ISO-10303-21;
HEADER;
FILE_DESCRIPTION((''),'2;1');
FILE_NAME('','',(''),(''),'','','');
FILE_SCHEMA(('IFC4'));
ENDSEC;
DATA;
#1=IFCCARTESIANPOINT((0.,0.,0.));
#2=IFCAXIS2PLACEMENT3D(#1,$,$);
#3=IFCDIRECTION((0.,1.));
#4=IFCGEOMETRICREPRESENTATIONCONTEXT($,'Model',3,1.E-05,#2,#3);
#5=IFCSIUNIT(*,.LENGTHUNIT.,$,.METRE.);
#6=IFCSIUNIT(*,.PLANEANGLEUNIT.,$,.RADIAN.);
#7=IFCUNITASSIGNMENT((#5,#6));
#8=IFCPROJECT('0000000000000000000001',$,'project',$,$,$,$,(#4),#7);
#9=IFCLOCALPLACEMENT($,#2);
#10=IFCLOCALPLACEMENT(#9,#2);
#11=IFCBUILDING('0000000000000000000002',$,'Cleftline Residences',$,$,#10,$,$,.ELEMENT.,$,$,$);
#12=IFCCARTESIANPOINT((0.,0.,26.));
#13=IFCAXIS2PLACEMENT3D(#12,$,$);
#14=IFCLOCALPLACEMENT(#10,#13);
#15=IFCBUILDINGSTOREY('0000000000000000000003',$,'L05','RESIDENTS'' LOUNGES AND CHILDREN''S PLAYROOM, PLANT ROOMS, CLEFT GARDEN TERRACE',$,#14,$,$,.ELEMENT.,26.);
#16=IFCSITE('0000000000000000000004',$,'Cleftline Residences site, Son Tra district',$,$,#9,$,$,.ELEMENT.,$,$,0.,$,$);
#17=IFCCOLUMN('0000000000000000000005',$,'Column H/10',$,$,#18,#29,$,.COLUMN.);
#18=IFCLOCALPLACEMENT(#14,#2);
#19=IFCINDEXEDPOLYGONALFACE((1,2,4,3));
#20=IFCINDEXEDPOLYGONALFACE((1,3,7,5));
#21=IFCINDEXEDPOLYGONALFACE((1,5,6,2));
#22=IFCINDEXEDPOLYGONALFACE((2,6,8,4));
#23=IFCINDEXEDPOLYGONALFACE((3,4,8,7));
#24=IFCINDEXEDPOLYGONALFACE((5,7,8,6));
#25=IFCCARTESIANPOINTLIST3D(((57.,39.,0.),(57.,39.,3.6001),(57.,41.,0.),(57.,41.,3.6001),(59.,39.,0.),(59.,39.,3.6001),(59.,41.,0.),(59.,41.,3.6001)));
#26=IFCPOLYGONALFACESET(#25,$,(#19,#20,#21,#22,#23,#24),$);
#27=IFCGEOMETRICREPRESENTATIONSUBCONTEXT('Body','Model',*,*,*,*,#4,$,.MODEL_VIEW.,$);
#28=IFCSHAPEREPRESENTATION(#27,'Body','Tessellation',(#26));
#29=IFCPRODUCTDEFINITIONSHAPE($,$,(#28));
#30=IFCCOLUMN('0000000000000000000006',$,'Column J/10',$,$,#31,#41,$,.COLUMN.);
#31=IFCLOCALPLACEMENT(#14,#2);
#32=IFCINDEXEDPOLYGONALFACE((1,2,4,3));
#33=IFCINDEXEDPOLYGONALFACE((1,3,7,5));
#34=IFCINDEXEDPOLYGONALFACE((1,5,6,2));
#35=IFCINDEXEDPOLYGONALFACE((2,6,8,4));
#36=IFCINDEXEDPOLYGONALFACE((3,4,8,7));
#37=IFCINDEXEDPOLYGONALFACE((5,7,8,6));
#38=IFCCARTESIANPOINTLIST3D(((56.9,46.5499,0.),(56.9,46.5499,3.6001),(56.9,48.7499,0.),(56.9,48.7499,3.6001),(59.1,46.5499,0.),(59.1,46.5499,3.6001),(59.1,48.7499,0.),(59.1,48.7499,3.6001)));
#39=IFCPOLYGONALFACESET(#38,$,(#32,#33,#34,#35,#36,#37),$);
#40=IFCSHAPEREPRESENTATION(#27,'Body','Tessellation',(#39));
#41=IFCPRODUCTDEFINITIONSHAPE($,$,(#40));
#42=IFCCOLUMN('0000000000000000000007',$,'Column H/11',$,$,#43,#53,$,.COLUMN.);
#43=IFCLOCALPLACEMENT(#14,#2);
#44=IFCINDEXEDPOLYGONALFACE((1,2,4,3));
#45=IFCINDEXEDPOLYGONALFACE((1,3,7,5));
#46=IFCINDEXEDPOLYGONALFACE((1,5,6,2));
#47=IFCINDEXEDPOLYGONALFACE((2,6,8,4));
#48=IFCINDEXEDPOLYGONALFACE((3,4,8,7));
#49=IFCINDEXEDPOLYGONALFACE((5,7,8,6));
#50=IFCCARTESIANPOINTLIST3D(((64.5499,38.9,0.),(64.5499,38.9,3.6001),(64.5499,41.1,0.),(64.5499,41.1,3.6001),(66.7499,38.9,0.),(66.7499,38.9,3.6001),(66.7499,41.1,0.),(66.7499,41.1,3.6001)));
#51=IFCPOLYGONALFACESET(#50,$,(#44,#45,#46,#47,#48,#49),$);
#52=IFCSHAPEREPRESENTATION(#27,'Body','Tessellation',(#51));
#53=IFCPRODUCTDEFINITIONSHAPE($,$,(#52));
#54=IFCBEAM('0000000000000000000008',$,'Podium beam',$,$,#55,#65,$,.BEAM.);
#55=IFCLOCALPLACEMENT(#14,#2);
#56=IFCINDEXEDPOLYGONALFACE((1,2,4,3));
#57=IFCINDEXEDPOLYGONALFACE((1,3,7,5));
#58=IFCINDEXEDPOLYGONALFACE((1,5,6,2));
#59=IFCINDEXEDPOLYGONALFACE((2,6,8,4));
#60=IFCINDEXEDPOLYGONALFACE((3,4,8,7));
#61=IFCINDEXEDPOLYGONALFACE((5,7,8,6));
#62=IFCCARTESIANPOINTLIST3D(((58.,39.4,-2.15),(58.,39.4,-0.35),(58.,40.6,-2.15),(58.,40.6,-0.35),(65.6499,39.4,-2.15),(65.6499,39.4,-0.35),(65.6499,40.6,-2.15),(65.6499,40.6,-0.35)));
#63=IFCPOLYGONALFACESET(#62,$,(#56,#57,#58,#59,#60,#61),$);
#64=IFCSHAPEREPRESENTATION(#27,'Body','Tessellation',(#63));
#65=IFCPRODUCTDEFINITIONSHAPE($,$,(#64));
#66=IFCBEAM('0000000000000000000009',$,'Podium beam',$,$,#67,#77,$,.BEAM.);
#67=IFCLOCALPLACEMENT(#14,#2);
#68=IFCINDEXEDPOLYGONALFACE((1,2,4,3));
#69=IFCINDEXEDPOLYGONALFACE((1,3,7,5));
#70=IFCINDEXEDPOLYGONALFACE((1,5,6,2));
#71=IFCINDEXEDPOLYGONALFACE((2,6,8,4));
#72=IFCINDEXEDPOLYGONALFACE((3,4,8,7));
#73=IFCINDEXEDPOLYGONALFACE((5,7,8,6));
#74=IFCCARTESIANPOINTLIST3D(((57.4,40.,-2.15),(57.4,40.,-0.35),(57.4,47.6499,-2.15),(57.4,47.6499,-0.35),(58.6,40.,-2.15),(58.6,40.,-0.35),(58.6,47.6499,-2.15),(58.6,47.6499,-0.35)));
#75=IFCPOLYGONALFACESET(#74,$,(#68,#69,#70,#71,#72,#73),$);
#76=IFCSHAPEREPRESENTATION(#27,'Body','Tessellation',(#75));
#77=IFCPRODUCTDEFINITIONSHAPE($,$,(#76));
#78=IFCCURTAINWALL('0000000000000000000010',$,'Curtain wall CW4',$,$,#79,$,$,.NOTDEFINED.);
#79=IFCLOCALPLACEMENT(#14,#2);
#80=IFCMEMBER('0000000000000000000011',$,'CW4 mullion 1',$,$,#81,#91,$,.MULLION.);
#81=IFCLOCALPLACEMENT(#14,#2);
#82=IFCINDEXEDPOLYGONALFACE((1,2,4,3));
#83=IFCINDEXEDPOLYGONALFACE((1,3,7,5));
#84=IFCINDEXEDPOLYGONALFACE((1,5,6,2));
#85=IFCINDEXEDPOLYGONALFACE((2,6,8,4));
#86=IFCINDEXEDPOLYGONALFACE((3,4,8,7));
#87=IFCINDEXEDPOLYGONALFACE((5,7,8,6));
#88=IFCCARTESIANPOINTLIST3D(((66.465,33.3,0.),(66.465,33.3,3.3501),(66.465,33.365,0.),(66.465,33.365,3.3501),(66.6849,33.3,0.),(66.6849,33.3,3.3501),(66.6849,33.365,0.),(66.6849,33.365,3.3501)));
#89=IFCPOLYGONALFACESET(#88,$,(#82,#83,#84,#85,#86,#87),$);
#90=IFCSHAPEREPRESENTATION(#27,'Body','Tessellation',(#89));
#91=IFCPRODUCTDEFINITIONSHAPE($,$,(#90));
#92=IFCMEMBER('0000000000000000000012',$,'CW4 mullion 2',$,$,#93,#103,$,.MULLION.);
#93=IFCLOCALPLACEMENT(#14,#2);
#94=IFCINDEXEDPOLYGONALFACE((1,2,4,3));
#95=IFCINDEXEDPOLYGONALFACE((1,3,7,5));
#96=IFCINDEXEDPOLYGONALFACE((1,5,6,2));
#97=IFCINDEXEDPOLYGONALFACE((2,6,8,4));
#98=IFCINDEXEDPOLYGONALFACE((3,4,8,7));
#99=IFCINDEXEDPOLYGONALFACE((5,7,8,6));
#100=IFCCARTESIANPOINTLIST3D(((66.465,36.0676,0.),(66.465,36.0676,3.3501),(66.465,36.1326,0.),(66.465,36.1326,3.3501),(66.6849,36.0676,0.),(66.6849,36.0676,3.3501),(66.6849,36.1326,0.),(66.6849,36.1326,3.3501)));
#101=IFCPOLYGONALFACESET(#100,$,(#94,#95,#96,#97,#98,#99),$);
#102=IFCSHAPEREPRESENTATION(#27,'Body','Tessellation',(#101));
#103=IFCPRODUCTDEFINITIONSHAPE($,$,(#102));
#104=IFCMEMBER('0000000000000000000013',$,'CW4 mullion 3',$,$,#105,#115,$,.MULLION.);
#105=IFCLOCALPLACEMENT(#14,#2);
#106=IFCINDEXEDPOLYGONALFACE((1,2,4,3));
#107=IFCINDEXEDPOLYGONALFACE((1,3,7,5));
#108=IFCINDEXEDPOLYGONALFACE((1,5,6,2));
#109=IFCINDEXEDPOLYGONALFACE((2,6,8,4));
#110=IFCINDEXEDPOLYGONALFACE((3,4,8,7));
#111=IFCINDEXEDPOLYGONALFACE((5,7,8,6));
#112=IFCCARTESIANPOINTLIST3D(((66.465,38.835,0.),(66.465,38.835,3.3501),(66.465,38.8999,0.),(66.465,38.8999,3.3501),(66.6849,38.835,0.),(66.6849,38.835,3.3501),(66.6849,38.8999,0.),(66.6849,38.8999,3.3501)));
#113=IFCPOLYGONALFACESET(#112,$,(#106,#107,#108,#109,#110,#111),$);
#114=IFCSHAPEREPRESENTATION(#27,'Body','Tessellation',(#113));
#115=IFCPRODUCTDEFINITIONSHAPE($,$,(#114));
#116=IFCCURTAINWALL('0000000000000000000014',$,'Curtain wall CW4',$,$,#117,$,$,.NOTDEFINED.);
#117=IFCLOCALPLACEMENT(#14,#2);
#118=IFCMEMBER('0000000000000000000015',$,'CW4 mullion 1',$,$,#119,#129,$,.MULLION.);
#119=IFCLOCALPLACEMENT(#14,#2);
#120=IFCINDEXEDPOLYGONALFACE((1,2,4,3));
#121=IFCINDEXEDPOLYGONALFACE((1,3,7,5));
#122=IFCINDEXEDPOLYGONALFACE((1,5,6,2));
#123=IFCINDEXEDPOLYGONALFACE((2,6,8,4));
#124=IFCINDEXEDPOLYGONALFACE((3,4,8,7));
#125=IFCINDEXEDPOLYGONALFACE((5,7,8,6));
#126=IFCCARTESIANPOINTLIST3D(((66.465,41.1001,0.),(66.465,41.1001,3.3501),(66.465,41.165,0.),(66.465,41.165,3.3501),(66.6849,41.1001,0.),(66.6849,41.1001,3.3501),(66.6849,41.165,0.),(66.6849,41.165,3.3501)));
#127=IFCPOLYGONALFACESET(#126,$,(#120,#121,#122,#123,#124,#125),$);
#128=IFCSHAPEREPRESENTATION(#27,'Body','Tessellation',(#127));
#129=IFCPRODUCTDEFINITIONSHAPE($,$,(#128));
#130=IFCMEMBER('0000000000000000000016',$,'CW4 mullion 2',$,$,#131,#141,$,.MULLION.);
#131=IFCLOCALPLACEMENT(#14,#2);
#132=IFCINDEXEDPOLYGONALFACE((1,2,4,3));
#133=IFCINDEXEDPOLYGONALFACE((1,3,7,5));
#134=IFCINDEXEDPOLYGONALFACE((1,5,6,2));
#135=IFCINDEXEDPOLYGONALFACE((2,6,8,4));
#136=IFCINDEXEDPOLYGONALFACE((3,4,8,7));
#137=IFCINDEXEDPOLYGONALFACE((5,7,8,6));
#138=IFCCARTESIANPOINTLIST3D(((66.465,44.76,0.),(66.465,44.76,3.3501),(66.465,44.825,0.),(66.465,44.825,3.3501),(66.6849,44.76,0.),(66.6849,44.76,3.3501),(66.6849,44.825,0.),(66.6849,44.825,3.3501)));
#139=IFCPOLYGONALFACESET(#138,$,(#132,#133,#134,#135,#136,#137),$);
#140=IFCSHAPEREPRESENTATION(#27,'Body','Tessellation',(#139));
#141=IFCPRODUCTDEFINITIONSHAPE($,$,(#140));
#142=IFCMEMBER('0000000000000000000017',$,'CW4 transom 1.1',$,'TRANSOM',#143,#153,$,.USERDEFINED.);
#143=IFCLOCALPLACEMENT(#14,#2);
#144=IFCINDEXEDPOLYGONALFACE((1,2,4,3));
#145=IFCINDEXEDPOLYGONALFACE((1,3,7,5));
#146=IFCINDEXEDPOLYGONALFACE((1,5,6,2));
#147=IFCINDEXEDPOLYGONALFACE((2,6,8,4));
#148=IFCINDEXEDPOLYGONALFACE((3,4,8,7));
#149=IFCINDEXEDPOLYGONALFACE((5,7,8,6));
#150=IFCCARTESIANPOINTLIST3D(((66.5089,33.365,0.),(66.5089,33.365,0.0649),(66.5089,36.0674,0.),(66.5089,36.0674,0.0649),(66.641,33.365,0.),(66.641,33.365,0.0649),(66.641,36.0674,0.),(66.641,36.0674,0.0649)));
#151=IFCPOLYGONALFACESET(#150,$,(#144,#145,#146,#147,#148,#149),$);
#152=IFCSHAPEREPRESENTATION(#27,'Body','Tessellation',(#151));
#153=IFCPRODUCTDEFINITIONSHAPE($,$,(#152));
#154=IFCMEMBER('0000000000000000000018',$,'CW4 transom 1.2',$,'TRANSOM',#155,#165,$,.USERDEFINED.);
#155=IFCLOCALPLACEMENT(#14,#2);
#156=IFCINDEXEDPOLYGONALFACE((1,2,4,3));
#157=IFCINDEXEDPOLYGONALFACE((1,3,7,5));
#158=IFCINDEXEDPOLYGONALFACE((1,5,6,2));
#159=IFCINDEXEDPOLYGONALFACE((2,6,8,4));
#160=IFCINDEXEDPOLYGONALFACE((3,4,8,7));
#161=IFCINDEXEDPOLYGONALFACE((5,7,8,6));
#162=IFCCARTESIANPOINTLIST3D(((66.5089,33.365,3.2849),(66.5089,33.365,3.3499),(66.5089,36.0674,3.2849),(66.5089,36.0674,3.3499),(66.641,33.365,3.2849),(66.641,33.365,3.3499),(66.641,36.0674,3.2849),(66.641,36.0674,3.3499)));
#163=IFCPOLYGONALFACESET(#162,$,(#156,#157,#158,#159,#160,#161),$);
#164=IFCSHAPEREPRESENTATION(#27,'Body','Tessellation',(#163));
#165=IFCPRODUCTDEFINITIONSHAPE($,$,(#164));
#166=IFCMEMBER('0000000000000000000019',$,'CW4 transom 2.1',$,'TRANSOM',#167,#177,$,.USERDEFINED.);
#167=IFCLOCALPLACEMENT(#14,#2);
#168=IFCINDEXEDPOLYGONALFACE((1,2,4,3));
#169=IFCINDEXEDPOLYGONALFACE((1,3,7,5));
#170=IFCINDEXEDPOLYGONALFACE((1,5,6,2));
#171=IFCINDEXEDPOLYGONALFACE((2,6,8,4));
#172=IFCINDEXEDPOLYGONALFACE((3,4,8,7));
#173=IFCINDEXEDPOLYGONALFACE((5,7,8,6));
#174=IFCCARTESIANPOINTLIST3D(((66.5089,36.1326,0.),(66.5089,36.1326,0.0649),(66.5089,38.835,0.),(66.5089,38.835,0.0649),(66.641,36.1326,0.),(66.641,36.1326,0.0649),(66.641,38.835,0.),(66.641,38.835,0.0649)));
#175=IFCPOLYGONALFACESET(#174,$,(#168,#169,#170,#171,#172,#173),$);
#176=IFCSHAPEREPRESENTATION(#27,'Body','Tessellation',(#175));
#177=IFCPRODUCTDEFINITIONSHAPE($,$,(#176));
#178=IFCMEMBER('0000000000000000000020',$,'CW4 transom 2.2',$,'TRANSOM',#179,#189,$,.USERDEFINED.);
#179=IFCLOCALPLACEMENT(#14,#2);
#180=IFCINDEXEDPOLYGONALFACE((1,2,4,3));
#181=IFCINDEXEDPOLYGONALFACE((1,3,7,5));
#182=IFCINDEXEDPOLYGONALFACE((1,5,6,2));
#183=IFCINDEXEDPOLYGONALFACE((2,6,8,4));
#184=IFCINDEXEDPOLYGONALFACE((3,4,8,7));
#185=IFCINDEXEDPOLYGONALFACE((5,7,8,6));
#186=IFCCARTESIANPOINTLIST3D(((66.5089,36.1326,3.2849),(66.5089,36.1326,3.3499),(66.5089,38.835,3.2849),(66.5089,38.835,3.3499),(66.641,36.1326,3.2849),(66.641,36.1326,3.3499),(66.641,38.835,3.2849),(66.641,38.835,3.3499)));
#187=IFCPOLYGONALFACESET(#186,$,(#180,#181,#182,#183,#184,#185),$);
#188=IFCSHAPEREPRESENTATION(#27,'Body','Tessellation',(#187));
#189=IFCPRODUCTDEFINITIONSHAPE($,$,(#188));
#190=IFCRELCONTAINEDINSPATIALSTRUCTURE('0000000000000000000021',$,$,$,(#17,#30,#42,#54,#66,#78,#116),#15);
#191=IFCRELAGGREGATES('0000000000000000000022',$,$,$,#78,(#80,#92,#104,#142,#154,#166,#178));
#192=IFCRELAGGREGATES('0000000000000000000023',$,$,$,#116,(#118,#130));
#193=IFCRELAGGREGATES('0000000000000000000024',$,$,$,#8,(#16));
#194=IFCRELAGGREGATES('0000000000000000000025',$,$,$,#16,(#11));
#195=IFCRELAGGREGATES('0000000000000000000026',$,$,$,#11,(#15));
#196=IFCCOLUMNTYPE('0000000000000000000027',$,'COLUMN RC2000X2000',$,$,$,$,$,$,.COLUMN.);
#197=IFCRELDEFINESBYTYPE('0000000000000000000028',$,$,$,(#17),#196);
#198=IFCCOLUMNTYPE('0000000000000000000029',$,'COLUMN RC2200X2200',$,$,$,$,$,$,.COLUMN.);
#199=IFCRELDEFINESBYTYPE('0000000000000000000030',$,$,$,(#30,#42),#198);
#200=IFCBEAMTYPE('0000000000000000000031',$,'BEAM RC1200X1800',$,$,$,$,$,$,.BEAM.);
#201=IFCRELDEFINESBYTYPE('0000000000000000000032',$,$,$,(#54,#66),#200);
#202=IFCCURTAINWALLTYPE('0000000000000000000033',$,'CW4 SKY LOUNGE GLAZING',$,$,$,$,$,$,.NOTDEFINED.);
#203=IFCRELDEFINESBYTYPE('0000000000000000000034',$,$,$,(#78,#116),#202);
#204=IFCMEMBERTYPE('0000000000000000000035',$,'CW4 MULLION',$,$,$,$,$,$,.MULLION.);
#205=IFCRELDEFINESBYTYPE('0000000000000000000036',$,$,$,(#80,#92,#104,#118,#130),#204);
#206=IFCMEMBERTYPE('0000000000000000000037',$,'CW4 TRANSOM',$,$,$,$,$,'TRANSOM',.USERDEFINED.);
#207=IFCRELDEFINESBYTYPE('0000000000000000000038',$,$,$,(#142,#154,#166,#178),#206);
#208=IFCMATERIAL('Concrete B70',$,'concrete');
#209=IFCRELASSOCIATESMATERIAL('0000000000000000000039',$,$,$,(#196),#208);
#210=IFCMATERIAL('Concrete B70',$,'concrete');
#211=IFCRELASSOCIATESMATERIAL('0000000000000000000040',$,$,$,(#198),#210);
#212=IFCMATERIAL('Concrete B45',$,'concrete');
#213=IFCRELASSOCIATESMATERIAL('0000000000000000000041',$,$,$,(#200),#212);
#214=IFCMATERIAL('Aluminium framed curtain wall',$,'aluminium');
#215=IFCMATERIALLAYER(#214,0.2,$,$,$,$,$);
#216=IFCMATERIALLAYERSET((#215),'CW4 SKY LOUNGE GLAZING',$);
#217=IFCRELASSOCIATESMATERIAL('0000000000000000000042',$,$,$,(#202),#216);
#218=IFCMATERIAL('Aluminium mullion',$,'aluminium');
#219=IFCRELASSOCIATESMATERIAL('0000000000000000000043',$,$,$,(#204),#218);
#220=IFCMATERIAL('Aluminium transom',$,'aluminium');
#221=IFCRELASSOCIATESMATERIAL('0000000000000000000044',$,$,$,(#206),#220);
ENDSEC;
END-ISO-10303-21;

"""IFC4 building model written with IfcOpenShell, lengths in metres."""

from ifc_helpers import new_model, si_unit, direction, frame, origin, origin_2d, place, context, subcontext, project, spatial, rectangle, extrude, material, layer, layer_set, material_profile, profile_set, type_object, element, aggregate, save


model = new_model("IFC4")

# Units and contexts
model_context = context("Model", 3, precision=1e-05, world=origin(), true_north=direction((0.0, 1.0)))
body_context = subcontext(model_context, "Body", "Model", "MODEL_VIEW")
ifc_project = project(units=[si_unit("LENGTHUNIT", "METRE"), si_unit("PLANEANGLEUNIT", "RADIAN")], contexts=[model_context])

# Site, building, storey
site_placement = place(None, origin())
site = spatial("IfcSite", under=ifc_project, at=site_placement, Name="Cleftline Residences site, Son Tra district", CompositionType="ELEMENT", RefElevation=0.0)
building_placement = place(site_placement, origin())
building = spatial("IfcBuilding", under=site, at=building_placement, Name="Cleftline Residences", CompositionType="ELEMENT")
storey_placement = place(building_placement, frame((0.0, 0.0, 26.0)))
storey = spatial("IfcBuildingStorey", under=building, at=storey_placement, Name="L05", Description="RESIDENTS' LOUNGES AND CHILDREN'S PLAYROOM, PLANT ROOMS, CLEFT GARDEN TERRACE", CompositionType="ELEMENT", Elevation=26.0)

# Columns
ifc_material_1 = material(Name="Concrete B70", Category="concrete")
ifc_material_profile_1 = material_profile(ifc_material_1, rectangle(XDim=2.0, YDim=2.0, at=origin_2d()))
ifc_profile_set_1 = profile_set([ifc_material_profile_1], Name="Concrete B70")
column_type_1 = type_object("IfcColumnType", Name="COLUMN RC2000X2000", PredefinedType="COLUMN", material=ifc_profile_set_1)
column_placement = place(storey_placement, frame((58.0, 40.0, 0.0), z_axis=(0.0, 0.0, 1.0), x_axis=(1.0, 0.0, 0.0)))
element("IfcColumn", 1, at=column_placement, inside=storey, type_object=column_type_1, Name="Column H/10", PredefinedType="COLUMN", context=body_context, shape_type="SweptSolid", body=[
    extrude(rectangle(XDim=2.0, YDim=2.0, at=origin_2d()), origin(), (0.0, 0.0, 1.0), 3.6001),
])
ifc_material_2 = material(Name="Concrete B70", Category="concrete")
ifc_material_profile_2 = material_profile(ifc_material_2, rectangle(XDim=2.2, YDim=2.2, at=origin_2d()))
ifc_profile_set_2 = profile_set([ifc_material_profile_2], Name="Concrete B70")
column_type_2 = type_object("IfcColumnType", Name="COLUMN RC2200X2200", PredefinedType="COLUMN", material=ifc_profile_set_2)
for number, where, z_axis, x_axis, name in (
    (2, (58.0, 47.6499, 0.0), (0.0, 0.0, 1.0), (1.0, 0.0, 0.0), "Column J/10"),
    (3, (65.6499, 40.0, 0.0), (0.0, 0.0, 1.0), (1.0, 0.0, 0.0), "Column H/11"),
):
    element("IfcColumn", number, at=place(storey_placement, frame(where, z_axis=z_axis, x_axis=x_axis)), inside=storey, type_object=column_type_2, Name=name, PredefinedType="COLUMN", context=body_context, shape_type="SweptSolid", body=[
        extrude(rectangle(XDim=2.2, YDim=2.2, at=origin_2d()), origin(), (0.0, 0.0, 1.0), 3.6001),
    ])

# Beams
ifc_material_3 = material(Name="Concrete B45", Category="concrete")
ifc_material_profile_3 = material_profile(ifc_material_3, rectangle(XDim=1.2, YDim=1.8, at=origin_2d()))
ifc_profile_set_3 = profile_set([ifc_material_profile_3], Name="Concrete B45")
beam_type = type_object("IfcBeamType", Name="BEAM RC1200X1800", PredefinedType="BEAM", material=ifc_profile_set_3)
for number, where, z_axis, x_axis, name in (
    (4, (58.0, 40.0, -1.25), (1.0, 0.0, 0.0), (0.0, 1.0, 0.0), "Podium beam"),
    (5, (58.0, 40.0, -1.25), (0.0, 1.0, 0.0), (-1.0, 0.0, 0.0), "Podium beam"),
):
    element("IfcBeam", number, at=place(storey_placement, frame(where, z_axis=z_axis, x_axis=x_axis)), inside=storey, type_object=beam_type, Name=name, PredefinedType="BEAM", context=body_context, shape_type="SweptSolid", body=[
        extrude(rectangle(XDim=1.2, YDim=1.8, at=origin_2d()), origin(), (0.0, 0.0, 1.0), 7.6499),
    ])

# Curtain walls, members
ifc_material_4 = material(Name="Aluminium framed curtain wall", Category="aluminium")
ifc_layer_1 = layer(ifc_material_4, 0.2)
ifc_layer_set_1 = layer_set([ifc_layer_1], Name="CW4 SKY LOUNGE GLAZING")
curtain_wall_type = type_object("IfcCurtainWallType", Name="CW4 SKY LOUNGE GLAZING", PredefinedType="NOTDEFINED", material=ifc_layer_set_1)
curtain_wall_1_placement = place(storey_placement, origin())
curtain_wall_1 = element("IfcCurtainWall", 6, at=curtain_wall_1_placement, inside=storey, type_object=curtain_wall_type, Name="Curtain wall CW4", PredefinedType="NOTDEFINED")
ifc_material_5 = material(Name="Aluminium mullion", Category="aluminium")
ifc_material_profile_4 = material_profile(ifc_material_5, rectangle(XDim=0.22, YDim=0.0649, at=origin_2d()))
ifc_profile_set_4 = profile_set([ifc_material_profile_4], Name="Aluminium mullion")
member_type_1 = type_object("IfcMemberType", Name="CW4 MULLION", PredefinedType="MULLION", material=ifc_profile_set_4)
member_1_placement = place(storey_placement, frame((66.575, 33.3325, 0.0), z_axis=(0.0, 0.0, 1.0), x_axis=(-1.0, 0.0, 0.0)))
member_1 = element("IfcMember", 7, at=member_1_placement, type_object=member_type_1, Name="CW4 mullion 1", PredefinedType="MULLION", context=body_context, shape_type="SweptSolid", body=[
    extrude(rectangle(XDim=0.22, YDim=0.0649, at=origin_2d()), origin(), (0.0, 0.0, 1.0), 3.3501),
])
member_2_placement = place(storey_placement, frame((66.575, 36.1001, 0.0), z_axis=(0.0, 0.0, 1.0), x_axis=(-1.0, 0.0, 0.0)))
member_2 = element("IfcMember", 8, at=member_2_placement, type_object=member_type_1, Name="CW4 mullion 2", PredefinedType="MULLION", context=body_context, shape_type="SweptSolid", body=[
    extrude(rectangle(XDim=0.22, YDim=0.0649, at=origin_2d()), origin(), (0.0, 0.0, 1.0), 3.3501),
])
member_3_placement = place(storey_placement, frame((66.575, 38.8674, 0.0), z_axis=(0.0, 0.0, 1.0), x_axis=(-1.0, 0.0, 0.0)))
member_3 = element("IfcMember", 9, at=member_3_placement, type_object=member_type_1, Name="CW4 mullion 3", PredefinedType="MULLION", context=body_context, shape_type="SweptSolid", body=[
    extrude(rectangle(XDim=0.22, YDim=0.0649, at=origin_2d()), origin(), (0.0, 0.0, 1.0), 3.3501),
])
curtain_wall_2_placement = place(storey_placement, origin())
curtain_wall_2 = element("IfcCurtainWall", 10, at=curtain_wall_2_placement, inside=storey, type_object=curtain_wall_type, Name="Curtain wall CW4", PredefinedType="NOTDEFINED")
member_4_placement = place(storey_placement, frame((66.575, 41.1326, 0.0), z_axis=(0.0, 0.0, 1.0), x_axis=(-1.0, 0.0, 0.0)))
member_4 = element("IfcMember", 11, at=member_4_placement, type_object=member_type_1, Name="CW4 mullion 1", PredefinedType="MULLION", context=body_context, shape_type="SweptSolid", body=[
    extrude(rectangle(XDim=0.22, YDim=0.0649, at=origin_2d()), origin(), (0.0, 0.0, 1.0), 3.3501),
])
member_5_placement = place(storey_placement, frame((66.575, 44.7925, 0.0), z_axis=(0.0, 0.0, 1.0), x_axis=(-1.0, 0.0, 0.0)))
member_5 = element("IfcMember", 12, at=member_5_placement, type_object=member_type_1, Name="CW4 mullion 2", PredefinedType="MULLION", context=body_context, shape_type="SweptSolid", body=[
    extrude(rectangle(XDim=0.22, YDim=0.0649, at=origin_2d()), origin(), (0.0, 0.0, 1.0), 3.3501),
])

# Members
ifc_material_6 = material(Name="Aluminium transom", Category="aluminium")
ifc_material_profile_5 = material_profile(ifc_material_6, rectangle(XDim=0.1321, YDim=0.0649, at=origin_2d()))
ifc_profile_set_5 = profile_set([ifc_material_profile_5], Name="Aluminium transom")
member_type_2 = type_object("IfcMemberType", Name="CW4 TRANSOM", ElementType="TRANSOM", PredefinedType="USERDEFINED", material=ifc_profile_set_5)
member_6_placement = place(storey_placement, frame((66.575, 33.365, 0.0325), z_axis=(0.0, 1.0, 0.0), x_axis=(-1.0, 0.0, 0.0)))
member_6 = element("IfcMember", 13, at=member_6_placement, type_object=member_type_2, Name="CW4 transom 1.1", ObjectType="TRANSOM", PredefinedType="USERDEFINED", context=body_context, shape_type="SweptSolid", body=[
    extrude(rectangle(XDim=0.1321, YDim=0.0649, at=origin_2d()), origin(), (0.0, 0.0, 1.0), 2.7024),
])
member_7_placement = place(storey_placement, frame((66.575, 33.365, 3.3174), z_axis=(0.0, 1.0, 0.0), x_axis=(-1.0, 0.0, 0.0)))
member_7 = element("IfcMember", 14, at=member_7_placement, type_object=member_type_2, Name="CW4 transom 1.2", ObjectType="TRANSOM", PredefinedType="USERDEFINED", context=body_context, shape_type="SweptSolid", body=[
    extrude(rectangle(XDim=0.1321, YDim=0.0649, at=origin_2d()), origin(), (0.0, 0.0, 1.0), 2.7024),
])
member_8_placement = place(storey_placement, frame((66.575, 36.1326, 0.0325), z_axis=(0.0, 1.0, 0.0), x_axis=(-1.0, 0.0, 0.0)))
member_8 = element("IfcMember", 15, at=member_8_placement, type_object=member_type_2, Name="CW4 transom 2.1", ObjectType="TRANSOM", PredefinedType="USERDEFINED", context=body_context, shape_type="SweptSolid", body=[
    extrude(rectangle(XDim=0.1321, YDim=0.0649, at=origin_2d()), origin(), (0.0, 0.0, 1.0), 2.7024),
])
member_9_placement = place(storey_placement, frame((66.575, 36.1326, 3.3174), z_axis=(0.0, 1.0, 0.0), x_axis=(-1.0, 0.0, 0.0)))
member_9 = element("IfcMember", 16, at=member_9_placement, type_object=member_type_2, Name="CW4 transom 2.2", ObjectType="TRANSOM", PredefinedType="USERDEFINED", context=body_context, shape_type="SweptSolid", body=[
    extrude(rectangle(XDim=0.1321, YDim=0.0649, at=origin_2d()), origin(), (0.0, 0.0, 1.0), 2.7024),
])

aggregate(curtain_wall_1, [member_1, member_2, member_3, member_6, member_7, member_8, member_9])
aggregate(curtain_wall_2, [member_4, member_5])

save(model, "model.ifc")
